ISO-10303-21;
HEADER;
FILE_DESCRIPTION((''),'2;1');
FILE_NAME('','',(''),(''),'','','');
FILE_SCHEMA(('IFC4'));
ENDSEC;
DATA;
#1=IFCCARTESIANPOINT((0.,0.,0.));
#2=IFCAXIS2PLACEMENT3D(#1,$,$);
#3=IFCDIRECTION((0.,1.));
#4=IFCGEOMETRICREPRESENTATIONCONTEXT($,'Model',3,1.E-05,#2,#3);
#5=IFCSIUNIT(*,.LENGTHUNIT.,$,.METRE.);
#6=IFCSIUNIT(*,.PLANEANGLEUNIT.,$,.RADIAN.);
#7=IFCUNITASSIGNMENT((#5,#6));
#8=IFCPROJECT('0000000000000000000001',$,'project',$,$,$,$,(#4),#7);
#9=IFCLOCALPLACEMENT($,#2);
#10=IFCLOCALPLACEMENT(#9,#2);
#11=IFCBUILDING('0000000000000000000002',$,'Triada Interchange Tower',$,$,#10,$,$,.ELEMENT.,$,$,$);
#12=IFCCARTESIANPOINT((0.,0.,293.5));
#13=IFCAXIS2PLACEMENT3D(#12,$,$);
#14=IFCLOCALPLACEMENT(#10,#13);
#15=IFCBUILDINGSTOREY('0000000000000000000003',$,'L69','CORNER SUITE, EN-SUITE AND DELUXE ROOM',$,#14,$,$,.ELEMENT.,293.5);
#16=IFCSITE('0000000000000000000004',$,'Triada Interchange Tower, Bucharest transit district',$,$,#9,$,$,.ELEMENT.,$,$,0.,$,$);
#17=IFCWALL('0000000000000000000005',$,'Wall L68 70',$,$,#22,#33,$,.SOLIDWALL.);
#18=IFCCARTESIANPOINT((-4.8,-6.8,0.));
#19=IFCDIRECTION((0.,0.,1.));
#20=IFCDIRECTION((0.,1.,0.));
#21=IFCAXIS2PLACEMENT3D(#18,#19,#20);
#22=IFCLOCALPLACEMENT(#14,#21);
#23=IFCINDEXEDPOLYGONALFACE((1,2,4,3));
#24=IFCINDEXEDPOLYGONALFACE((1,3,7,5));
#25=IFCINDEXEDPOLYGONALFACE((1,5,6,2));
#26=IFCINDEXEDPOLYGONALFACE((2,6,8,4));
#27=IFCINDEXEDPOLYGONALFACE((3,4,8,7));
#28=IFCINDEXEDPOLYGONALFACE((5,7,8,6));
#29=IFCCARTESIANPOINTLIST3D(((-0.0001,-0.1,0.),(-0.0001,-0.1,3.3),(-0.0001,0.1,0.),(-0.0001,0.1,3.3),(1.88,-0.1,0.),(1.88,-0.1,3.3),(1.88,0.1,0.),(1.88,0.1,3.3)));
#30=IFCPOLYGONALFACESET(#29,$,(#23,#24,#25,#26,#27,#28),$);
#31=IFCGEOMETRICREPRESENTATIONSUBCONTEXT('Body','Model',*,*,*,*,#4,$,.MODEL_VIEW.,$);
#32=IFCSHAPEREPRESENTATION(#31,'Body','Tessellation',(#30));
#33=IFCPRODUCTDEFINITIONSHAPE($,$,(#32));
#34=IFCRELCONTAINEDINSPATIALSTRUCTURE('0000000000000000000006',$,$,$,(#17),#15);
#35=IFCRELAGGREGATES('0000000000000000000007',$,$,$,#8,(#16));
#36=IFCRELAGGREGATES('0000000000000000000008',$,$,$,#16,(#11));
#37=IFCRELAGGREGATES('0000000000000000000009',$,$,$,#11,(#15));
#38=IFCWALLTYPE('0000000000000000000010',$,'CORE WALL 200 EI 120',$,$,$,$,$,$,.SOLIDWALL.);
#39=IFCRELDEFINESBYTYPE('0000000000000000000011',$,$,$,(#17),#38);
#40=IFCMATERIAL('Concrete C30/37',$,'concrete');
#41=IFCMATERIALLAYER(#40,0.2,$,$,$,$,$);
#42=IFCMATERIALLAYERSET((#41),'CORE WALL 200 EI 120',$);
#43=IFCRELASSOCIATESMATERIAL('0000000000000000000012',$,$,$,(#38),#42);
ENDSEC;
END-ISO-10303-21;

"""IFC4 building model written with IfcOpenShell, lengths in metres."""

from ifc_helpers import new_model, si_unit, direction, frame, frame_2d, origin, place, context, subcontext, project, spatial, rectangle, extrude, material, layer, layer_set, type_object, element, save


model = new_model("IFC4")

# Units and contexts
model_context = context("Model", 3, precision=1e-05, world=origin(), true_north=direction((0.0, 1.0)))
body_context = subcontext(model_context, "Body", "Model", "MODEL_VIEW")
ifc_project = project(units=[si_unit("LENGTHUNIT", "METRE"), si_unit("PLANEANGLEUNIT", "RADIAN")], contexts=[model_context])

# Site, building, storey
site_placement = place(None, origin())
site = spatial("IfcSite", under=ifc_project, at=site_placement, Name="Triada Interchange Tower, Bucharest transit district", CompositionType="ELEMENT", RefElevation=0.0)
building_placement = place(site_placement, origin())
building = spatial("IfcBuilding", under=site, at=building_placement, Name="Triada Interchange Tower", CompositionType="ELEMENT")
storey_placement = place(building_placement, frame((0.0, 0.0, 293.5)))
storey = spatial("IfcBuildingStorey", under=building, at=storey_placement, Name="L69", Description="CORNER SUITE, EN-SUITE AND DELUXE ROOM", CompositionType="ELEMENT", Elevation=293.5)

# Wall
ifc_material_1 = material(Name="Concrete C30/37", Category="concrete")
ifc_layer_1 = layer(ifc_material_1, 0.2)
ifc_layer_set_1 = layer_set([ifc_layer_1], Name="CORE WALL 200 EI 120")
wall_type_1 = type_object("IfcWallType", Name="CORE WALL 200 EI 120", PredefinedType="SOLIDWALL", material=ifc_layer_set_1)
wall_1_placement = place(storey_placement, frame((-4.8, -6.8, 0.0), z_axis=(0.0, 0.0, 1.0), x_axis=(0.0, 1.0, 0.0)))
element("IfcWall", 1, at=wall_1_placement, inside=storey, type_object=wall_type_1, Name="Wall L68 70", PredefinedType="SOLIDWALL", context=body_context, shape_type="SweptSolid", body=[
    extrude(rectangle(XDim=1.8801, YDim=0.2, at=frame_2d((0.9399, 0.0))), origin(), (0.0, 0.0, 1.0), 3.3),
])

save(model, "model.ifc")
